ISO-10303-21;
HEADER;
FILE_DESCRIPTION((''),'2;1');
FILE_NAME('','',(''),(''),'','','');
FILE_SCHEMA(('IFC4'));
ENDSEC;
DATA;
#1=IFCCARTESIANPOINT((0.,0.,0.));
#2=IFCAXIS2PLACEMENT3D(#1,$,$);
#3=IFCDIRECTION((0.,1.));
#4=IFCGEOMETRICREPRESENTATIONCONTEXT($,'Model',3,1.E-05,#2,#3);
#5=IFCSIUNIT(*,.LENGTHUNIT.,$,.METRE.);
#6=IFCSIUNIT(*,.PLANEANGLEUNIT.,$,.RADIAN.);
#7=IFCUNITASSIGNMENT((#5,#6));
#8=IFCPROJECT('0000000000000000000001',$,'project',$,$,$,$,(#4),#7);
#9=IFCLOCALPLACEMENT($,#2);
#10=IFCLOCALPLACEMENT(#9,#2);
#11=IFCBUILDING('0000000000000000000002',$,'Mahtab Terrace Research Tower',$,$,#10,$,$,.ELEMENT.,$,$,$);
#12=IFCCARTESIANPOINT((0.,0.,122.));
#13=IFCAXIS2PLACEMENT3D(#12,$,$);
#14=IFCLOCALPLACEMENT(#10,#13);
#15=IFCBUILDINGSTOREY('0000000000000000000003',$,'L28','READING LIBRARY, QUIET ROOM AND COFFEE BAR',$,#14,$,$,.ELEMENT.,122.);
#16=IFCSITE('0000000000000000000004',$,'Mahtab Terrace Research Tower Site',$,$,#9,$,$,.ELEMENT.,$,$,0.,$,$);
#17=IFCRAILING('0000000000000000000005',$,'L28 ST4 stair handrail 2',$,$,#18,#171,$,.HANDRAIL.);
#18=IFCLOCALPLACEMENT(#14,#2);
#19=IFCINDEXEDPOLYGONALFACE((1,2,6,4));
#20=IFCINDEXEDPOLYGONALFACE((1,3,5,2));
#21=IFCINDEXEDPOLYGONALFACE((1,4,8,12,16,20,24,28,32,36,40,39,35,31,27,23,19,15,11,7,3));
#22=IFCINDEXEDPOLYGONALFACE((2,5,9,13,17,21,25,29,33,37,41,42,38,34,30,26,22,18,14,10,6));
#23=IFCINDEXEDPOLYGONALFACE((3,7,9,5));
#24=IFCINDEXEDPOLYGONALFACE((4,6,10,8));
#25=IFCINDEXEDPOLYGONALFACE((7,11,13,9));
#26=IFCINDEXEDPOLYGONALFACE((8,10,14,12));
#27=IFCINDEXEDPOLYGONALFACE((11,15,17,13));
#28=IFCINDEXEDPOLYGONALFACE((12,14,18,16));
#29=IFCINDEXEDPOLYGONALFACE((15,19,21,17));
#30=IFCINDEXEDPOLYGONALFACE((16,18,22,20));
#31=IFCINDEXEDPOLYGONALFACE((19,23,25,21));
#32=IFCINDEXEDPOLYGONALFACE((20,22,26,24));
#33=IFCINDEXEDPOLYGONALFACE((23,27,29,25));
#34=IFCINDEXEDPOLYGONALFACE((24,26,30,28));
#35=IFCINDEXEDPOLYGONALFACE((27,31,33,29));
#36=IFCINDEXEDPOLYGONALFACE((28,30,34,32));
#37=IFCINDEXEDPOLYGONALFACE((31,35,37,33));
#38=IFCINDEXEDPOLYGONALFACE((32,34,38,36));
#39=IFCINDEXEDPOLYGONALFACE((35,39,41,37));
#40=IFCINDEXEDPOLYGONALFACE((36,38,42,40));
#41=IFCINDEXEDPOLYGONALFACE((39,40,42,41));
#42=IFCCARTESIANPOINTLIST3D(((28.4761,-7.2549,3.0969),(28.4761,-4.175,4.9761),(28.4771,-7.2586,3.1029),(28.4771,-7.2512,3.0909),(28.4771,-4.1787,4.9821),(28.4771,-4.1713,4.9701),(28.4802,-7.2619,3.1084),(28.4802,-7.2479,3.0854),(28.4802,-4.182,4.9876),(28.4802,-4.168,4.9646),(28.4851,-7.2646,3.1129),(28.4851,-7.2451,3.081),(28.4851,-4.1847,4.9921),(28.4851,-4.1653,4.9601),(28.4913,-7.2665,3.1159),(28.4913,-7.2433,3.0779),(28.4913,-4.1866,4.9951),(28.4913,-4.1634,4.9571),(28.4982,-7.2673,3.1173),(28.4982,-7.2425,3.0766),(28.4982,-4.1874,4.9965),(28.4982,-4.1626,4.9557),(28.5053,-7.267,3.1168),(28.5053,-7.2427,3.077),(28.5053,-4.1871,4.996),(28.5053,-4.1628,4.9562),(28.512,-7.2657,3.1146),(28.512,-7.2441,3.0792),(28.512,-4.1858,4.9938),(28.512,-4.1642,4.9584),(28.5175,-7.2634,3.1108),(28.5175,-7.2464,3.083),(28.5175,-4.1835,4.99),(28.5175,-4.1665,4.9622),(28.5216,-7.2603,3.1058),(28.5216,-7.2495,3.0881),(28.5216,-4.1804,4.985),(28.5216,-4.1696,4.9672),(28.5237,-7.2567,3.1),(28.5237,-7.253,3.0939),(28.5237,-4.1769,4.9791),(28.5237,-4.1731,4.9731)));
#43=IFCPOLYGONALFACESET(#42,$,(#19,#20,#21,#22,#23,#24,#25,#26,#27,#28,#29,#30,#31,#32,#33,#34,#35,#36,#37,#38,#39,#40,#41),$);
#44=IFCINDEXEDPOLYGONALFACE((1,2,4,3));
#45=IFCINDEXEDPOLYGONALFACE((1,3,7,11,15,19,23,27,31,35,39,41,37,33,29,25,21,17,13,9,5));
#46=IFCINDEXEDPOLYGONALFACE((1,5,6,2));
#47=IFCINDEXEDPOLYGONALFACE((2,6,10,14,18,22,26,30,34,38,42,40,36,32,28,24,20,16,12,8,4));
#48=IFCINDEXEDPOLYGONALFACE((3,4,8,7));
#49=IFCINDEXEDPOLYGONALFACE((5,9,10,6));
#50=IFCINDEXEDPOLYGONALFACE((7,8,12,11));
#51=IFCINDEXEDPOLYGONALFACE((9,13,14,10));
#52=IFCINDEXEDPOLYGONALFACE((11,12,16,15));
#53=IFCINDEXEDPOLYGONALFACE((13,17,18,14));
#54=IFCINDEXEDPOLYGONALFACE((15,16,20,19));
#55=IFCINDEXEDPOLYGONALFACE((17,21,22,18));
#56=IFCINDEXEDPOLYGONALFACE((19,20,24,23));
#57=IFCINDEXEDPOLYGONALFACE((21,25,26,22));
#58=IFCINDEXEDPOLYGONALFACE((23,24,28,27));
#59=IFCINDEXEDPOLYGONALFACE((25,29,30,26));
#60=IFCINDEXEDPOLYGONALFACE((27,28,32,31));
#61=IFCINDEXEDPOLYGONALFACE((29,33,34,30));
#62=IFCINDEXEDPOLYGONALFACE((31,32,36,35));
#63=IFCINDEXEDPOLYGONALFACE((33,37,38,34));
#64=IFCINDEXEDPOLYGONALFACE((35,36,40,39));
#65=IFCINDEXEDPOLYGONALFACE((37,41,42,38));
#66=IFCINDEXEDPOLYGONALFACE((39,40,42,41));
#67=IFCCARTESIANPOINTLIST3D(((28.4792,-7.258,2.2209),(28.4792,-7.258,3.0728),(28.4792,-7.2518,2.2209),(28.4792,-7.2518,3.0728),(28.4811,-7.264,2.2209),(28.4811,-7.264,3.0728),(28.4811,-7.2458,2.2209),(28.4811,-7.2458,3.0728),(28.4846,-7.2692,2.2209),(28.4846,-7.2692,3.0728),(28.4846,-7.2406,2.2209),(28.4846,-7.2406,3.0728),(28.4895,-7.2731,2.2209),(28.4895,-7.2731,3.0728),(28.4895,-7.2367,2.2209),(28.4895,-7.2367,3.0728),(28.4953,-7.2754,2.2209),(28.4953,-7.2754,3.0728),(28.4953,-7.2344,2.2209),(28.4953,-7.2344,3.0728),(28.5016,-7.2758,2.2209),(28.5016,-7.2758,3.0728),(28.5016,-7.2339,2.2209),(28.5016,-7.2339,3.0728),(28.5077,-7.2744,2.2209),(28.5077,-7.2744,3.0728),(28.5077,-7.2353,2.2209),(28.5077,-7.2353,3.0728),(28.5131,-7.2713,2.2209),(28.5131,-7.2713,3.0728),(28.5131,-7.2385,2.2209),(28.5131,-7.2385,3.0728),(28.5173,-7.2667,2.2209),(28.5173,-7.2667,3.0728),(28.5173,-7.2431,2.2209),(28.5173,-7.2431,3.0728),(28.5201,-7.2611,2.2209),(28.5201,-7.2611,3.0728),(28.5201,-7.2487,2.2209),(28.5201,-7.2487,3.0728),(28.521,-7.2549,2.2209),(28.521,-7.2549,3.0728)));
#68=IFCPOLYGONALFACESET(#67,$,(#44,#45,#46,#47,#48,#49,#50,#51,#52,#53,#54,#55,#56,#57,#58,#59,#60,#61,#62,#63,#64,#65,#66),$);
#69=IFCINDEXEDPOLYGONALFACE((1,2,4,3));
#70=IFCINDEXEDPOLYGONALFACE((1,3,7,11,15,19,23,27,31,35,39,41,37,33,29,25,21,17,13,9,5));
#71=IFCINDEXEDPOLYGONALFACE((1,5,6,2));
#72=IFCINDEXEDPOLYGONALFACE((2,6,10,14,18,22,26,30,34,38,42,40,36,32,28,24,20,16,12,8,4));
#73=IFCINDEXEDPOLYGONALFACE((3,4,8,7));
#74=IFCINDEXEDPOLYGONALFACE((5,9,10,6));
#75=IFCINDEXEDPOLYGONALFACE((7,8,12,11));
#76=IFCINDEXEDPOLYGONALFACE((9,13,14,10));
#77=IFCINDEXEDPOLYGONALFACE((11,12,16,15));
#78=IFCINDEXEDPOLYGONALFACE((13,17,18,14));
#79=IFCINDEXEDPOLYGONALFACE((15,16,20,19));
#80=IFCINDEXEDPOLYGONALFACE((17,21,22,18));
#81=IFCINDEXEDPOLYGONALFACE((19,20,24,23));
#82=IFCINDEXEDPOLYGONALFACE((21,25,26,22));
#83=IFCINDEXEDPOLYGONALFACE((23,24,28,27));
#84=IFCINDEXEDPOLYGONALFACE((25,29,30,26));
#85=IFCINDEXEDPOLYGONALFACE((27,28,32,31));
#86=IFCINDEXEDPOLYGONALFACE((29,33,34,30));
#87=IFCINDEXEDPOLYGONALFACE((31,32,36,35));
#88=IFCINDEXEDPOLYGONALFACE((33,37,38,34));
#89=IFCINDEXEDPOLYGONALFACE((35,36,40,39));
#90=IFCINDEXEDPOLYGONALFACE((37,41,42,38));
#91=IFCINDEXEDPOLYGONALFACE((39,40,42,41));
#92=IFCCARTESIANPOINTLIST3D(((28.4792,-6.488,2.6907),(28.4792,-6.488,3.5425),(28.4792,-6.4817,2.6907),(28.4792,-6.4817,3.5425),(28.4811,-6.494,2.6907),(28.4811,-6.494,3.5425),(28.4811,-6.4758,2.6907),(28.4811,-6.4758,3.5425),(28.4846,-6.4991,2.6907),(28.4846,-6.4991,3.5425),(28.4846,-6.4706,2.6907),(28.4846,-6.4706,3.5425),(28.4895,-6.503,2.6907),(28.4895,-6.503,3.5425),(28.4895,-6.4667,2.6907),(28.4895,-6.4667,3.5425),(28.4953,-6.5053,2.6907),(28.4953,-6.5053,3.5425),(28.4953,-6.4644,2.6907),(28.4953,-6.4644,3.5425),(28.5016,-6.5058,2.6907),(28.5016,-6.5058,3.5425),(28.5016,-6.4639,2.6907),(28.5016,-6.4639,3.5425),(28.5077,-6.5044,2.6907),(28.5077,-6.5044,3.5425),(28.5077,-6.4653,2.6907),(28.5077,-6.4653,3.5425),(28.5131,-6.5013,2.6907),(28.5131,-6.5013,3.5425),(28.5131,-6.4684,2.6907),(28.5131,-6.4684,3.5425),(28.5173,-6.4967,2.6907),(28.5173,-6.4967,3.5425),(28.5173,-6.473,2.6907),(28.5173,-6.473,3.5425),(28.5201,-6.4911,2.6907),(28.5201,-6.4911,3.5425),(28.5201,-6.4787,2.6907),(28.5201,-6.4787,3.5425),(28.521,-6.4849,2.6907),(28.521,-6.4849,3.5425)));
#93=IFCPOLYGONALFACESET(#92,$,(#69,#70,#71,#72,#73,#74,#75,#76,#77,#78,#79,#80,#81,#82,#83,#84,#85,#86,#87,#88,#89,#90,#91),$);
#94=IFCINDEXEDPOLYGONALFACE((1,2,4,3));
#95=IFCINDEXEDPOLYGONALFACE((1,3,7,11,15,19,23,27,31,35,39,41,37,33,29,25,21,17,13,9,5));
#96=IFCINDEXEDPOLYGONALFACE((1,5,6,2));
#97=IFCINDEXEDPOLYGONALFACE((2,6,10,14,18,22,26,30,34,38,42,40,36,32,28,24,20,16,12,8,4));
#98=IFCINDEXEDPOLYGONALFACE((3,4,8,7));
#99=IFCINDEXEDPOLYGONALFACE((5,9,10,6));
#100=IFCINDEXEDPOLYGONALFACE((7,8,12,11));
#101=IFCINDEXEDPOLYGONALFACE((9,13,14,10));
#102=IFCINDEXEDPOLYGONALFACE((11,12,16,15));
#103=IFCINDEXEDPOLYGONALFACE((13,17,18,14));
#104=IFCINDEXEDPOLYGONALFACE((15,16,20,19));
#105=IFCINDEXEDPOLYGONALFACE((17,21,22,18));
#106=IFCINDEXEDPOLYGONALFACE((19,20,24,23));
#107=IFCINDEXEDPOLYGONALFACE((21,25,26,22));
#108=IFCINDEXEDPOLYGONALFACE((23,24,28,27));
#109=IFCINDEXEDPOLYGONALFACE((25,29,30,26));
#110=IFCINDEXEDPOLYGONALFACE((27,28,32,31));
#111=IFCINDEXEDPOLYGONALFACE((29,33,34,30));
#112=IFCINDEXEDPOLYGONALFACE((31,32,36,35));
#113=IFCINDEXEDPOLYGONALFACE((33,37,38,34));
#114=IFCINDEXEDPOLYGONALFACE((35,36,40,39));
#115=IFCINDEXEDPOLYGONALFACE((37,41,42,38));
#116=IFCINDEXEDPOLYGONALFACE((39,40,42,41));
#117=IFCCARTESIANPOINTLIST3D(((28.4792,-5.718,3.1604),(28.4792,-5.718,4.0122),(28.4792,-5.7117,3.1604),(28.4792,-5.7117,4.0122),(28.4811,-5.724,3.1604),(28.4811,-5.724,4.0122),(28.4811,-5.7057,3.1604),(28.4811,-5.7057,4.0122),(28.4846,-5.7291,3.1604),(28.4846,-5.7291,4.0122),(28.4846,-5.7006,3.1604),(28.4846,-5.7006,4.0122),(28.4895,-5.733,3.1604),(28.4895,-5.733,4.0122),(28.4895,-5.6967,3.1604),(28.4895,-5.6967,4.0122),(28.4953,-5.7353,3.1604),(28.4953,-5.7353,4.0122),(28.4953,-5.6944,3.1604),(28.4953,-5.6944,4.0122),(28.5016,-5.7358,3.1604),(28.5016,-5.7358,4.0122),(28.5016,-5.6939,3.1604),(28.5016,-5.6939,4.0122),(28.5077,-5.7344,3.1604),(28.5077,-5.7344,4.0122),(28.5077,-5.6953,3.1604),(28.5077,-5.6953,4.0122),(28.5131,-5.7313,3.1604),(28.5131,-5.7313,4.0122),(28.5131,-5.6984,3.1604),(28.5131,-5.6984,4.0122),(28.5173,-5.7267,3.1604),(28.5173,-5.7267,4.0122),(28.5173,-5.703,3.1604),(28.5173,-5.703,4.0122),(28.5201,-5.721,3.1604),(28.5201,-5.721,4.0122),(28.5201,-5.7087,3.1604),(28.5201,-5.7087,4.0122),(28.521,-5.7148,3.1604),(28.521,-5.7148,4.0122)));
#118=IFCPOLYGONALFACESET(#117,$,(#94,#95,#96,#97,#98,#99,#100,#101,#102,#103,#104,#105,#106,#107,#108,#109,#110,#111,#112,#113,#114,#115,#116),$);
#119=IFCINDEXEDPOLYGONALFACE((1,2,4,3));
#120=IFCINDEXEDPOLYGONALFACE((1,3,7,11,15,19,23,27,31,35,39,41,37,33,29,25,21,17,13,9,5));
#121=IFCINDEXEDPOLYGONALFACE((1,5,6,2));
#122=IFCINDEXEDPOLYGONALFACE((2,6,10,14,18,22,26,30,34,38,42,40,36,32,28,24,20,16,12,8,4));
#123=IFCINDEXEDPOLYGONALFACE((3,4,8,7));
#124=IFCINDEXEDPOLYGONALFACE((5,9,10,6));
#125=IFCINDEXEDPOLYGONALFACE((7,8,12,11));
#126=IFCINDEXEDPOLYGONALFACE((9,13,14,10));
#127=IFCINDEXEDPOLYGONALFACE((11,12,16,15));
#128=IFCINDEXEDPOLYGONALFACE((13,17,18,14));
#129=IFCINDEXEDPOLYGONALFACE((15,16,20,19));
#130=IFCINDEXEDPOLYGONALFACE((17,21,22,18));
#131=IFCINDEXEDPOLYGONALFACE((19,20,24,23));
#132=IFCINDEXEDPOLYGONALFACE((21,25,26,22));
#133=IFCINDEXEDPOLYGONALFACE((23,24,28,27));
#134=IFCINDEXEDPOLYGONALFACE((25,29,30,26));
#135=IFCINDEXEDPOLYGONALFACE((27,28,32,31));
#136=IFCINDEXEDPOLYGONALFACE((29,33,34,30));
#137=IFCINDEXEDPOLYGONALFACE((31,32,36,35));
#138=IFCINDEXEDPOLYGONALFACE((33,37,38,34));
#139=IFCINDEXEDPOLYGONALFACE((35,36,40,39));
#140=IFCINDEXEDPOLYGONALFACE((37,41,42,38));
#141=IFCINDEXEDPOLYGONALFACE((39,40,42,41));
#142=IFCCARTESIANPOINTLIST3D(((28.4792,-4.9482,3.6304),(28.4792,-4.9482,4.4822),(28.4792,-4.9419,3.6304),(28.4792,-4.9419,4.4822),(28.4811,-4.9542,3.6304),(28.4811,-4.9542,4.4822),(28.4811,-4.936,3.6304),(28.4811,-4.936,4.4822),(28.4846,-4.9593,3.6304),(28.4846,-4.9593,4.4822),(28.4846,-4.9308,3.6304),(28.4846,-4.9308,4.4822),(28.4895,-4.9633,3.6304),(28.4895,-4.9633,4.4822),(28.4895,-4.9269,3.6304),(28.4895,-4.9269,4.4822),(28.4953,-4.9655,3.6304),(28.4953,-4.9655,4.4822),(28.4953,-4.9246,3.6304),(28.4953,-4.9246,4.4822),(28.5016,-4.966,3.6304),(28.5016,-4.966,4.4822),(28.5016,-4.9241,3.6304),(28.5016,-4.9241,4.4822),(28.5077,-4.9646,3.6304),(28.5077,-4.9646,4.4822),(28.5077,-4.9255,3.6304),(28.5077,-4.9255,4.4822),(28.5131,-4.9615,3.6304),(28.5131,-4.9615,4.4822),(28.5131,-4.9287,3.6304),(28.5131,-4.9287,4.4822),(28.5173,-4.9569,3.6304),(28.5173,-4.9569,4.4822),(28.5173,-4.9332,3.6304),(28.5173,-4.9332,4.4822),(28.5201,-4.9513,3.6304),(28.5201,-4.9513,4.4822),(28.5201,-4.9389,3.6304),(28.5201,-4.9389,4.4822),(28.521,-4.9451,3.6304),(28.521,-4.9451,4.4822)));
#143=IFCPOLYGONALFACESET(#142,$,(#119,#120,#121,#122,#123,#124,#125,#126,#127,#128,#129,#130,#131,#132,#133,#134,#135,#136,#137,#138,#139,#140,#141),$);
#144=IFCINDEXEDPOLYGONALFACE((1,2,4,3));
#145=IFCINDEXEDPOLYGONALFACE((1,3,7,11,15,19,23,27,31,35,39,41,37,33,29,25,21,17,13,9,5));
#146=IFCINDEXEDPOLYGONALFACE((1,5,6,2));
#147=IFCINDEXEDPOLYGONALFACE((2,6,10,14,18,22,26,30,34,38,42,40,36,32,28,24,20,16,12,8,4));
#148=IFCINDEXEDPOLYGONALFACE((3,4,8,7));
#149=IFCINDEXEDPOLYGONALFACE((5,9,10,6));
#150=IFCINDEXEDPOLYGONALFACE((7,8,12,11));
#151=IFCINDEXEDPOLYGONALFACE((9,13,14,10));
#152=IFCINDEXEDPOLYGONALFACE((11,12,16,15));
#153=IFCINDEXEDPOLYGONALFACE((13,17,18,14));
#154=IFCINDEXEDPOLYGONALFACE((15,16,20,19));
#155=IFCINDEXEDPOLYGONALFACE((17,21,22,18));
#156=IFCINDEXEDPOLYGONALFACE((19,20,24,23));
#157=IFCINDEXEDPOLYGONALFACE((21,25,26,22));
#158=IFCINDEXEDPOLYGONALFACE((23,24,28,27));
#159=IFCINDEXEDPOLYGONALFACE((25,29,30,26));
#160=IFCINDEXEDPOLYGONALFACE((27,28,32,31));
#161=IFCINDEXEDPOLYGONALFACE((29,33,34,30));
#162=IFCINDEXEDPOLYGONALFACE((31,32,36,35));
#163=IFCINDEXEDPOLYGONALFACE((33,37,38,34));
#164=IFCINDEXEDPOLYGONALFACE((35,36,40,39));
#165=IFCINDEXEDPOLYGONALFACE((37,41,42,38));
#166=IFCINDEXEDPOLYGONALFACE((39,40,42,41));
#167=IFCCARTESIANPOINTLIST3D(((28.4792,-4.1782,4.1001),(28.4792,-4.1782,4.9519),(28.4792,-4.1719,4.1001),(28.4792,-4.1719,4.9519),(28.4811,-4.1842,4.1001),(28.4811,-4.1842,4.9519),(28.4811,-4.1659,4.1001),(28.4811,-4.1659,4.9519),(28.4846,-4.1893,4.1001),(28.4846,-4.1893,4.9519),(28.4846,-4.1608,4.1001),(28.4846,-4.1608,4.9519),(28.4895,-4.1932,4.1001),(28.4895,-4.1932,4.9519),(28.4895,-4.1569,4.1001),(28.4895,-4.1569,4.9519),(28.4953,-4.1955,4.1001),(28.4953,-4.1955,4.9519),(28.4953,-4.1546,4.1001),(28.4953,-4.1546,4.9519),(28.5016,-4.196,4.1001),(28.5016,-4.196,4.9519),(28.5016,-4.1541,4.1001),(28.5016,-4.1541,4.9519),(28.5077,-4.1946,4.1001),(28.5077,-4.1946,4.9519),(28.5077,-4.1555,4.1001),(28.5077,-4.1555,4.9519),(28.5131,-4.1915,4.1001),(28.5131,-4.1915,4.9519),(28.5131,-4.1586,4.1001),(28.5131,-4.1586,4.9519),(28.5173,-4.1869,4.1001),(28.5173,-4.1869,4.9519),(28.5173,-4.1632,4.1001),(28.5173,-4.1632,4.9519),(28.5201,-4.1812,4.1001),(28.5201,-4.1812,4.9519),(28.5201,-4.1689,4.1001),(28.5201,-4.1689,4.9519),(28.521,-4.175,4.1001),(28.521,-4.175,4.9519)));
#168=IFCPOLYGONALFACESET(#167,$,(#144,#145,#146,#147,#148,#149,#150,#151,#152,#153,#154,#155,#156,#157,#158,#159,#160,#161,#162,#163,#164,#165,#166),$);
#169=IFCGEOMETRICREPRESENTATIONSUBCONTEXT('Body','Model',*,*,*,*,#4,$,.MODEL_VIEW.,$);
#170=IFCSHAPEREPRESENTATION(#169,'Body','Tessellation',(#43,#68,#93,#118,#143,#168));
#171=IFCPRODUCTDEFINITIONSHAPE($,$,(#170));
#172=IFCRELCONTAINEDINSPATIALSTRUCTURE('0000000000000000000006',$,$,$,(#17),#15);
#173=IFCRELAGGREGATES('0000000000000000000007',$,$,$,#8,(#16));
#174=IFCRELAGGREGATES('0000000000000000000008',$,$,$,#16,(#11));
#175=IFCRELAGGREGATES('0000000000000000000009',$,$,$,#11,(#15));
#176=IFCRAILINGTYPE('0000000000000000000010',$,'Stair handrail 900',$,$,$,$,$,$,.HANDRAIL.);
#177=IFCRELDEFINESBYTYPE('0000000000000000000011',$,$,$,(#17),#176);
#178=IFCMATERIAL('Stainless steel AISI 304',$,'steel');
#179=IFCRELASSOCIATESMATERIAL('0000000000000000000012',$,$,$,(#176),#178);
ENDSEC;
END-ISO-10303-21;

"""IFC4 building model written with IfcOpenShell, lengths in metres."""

from ifc_helpers import new_model, si_unit, direction, frame, origin, origin_2d, place, context, subcontext, project, spatial, circle, extrude, material, type_object, element, save


model = new_model("IFC4")

# Units and contexts
model_context = context("Model", 3, precision=1e-05, world=origin(), true_north=direction((0.0, 1.0)))
body_context = subcontext(model_context, "Body", "Model", "MODEL_VIEW")
ifc_project = project(units=[si_unit("LENGTHUNIT", "METRE"), si_unit("PLANEANGLEUNIT", "RADIAN")], contexts=[model_context])

# Site, building, storey
site_placement = place(None, origin())
site = spatial("IfcSite", under=ifc_project, at=site_placement, Name="Mahtab Terrace Research Tower Site", CompositionType="ELEMENT", RefElevation=0.0)
building_placement = place(site_placement, origin())
building = spatial("IfcBuilding", under=site, at=building_placement, Name="Mahtab Terrace Research Tower", CompositionType="ELEMENT")
storey_placement = place(building_placement, frame((0.0, 0.0, 122.0)))
storey = spatial("IfcBuildingStorey", under=building, at=storey_placement, Name="L28", Description="READING LIBRARY, QUIET ROOM AND COFFEE BAR", CompositionType="ELEMENT", Elevation=122.0)

# Railing
ifc_material_1 = material(Name="Stainless steel AISI 304", Category="steel")
railing_type_1 = type_object("IfcRailingType", Name="Stair handrail 900", PredefinedType="HANDRAIL", material=ifc_material_1)
railing_1_placement = place(storey_placement, frame((28.5, -7.2549, 2.2209)))
element("IfcRailing", 1, at=railing_1_placement, inside=storey, type_object=railing_type_1, Name="L28 ST4 stair handrail 2", PredefinedType="HANDRAIL", context=body_context, shape_type="SweptSolid", body=[
    extrude(circle(Radius=0.0239, at=origin_2d()), frame((0.0, 0.0, 0.876), z_axis=(0.0, 0.853648, 0.52085), x_axis=(-1.0, 0.0, 0.0)), (0.0, 0.0, 1.0), 3.6079),
    extrude(circle(Radius=0.021, at=origin_2d()), origin(), (0.0, 0.0, 1.0), 0.8518),
    extrude(circle(Radius=0.021, at=origin_2d()), frame((0.0, 0.77, 0.4697)), (0.0, 0.0, 1.0), 0.8518),
    extrude(circle(Radius=0.021, at=origin_2d()), frame((0.0, 1.54, 0.9395)), (0.0, 0.0, 1.0), 0.8518),
    extrude(circle(Radius=0.021, at=origin_2d()), frame((0.0, 2.3098, 1.4094)), (0.0, 0.0, 1.0), 0.8518),
    extrude(circle(Radius=0.021, at=origin_2d()), frame((0.0, 3.0798, 1.8792)), (0.0, 0.0, 1.0), 0.8518),
])

save(model, "model.ifc")
